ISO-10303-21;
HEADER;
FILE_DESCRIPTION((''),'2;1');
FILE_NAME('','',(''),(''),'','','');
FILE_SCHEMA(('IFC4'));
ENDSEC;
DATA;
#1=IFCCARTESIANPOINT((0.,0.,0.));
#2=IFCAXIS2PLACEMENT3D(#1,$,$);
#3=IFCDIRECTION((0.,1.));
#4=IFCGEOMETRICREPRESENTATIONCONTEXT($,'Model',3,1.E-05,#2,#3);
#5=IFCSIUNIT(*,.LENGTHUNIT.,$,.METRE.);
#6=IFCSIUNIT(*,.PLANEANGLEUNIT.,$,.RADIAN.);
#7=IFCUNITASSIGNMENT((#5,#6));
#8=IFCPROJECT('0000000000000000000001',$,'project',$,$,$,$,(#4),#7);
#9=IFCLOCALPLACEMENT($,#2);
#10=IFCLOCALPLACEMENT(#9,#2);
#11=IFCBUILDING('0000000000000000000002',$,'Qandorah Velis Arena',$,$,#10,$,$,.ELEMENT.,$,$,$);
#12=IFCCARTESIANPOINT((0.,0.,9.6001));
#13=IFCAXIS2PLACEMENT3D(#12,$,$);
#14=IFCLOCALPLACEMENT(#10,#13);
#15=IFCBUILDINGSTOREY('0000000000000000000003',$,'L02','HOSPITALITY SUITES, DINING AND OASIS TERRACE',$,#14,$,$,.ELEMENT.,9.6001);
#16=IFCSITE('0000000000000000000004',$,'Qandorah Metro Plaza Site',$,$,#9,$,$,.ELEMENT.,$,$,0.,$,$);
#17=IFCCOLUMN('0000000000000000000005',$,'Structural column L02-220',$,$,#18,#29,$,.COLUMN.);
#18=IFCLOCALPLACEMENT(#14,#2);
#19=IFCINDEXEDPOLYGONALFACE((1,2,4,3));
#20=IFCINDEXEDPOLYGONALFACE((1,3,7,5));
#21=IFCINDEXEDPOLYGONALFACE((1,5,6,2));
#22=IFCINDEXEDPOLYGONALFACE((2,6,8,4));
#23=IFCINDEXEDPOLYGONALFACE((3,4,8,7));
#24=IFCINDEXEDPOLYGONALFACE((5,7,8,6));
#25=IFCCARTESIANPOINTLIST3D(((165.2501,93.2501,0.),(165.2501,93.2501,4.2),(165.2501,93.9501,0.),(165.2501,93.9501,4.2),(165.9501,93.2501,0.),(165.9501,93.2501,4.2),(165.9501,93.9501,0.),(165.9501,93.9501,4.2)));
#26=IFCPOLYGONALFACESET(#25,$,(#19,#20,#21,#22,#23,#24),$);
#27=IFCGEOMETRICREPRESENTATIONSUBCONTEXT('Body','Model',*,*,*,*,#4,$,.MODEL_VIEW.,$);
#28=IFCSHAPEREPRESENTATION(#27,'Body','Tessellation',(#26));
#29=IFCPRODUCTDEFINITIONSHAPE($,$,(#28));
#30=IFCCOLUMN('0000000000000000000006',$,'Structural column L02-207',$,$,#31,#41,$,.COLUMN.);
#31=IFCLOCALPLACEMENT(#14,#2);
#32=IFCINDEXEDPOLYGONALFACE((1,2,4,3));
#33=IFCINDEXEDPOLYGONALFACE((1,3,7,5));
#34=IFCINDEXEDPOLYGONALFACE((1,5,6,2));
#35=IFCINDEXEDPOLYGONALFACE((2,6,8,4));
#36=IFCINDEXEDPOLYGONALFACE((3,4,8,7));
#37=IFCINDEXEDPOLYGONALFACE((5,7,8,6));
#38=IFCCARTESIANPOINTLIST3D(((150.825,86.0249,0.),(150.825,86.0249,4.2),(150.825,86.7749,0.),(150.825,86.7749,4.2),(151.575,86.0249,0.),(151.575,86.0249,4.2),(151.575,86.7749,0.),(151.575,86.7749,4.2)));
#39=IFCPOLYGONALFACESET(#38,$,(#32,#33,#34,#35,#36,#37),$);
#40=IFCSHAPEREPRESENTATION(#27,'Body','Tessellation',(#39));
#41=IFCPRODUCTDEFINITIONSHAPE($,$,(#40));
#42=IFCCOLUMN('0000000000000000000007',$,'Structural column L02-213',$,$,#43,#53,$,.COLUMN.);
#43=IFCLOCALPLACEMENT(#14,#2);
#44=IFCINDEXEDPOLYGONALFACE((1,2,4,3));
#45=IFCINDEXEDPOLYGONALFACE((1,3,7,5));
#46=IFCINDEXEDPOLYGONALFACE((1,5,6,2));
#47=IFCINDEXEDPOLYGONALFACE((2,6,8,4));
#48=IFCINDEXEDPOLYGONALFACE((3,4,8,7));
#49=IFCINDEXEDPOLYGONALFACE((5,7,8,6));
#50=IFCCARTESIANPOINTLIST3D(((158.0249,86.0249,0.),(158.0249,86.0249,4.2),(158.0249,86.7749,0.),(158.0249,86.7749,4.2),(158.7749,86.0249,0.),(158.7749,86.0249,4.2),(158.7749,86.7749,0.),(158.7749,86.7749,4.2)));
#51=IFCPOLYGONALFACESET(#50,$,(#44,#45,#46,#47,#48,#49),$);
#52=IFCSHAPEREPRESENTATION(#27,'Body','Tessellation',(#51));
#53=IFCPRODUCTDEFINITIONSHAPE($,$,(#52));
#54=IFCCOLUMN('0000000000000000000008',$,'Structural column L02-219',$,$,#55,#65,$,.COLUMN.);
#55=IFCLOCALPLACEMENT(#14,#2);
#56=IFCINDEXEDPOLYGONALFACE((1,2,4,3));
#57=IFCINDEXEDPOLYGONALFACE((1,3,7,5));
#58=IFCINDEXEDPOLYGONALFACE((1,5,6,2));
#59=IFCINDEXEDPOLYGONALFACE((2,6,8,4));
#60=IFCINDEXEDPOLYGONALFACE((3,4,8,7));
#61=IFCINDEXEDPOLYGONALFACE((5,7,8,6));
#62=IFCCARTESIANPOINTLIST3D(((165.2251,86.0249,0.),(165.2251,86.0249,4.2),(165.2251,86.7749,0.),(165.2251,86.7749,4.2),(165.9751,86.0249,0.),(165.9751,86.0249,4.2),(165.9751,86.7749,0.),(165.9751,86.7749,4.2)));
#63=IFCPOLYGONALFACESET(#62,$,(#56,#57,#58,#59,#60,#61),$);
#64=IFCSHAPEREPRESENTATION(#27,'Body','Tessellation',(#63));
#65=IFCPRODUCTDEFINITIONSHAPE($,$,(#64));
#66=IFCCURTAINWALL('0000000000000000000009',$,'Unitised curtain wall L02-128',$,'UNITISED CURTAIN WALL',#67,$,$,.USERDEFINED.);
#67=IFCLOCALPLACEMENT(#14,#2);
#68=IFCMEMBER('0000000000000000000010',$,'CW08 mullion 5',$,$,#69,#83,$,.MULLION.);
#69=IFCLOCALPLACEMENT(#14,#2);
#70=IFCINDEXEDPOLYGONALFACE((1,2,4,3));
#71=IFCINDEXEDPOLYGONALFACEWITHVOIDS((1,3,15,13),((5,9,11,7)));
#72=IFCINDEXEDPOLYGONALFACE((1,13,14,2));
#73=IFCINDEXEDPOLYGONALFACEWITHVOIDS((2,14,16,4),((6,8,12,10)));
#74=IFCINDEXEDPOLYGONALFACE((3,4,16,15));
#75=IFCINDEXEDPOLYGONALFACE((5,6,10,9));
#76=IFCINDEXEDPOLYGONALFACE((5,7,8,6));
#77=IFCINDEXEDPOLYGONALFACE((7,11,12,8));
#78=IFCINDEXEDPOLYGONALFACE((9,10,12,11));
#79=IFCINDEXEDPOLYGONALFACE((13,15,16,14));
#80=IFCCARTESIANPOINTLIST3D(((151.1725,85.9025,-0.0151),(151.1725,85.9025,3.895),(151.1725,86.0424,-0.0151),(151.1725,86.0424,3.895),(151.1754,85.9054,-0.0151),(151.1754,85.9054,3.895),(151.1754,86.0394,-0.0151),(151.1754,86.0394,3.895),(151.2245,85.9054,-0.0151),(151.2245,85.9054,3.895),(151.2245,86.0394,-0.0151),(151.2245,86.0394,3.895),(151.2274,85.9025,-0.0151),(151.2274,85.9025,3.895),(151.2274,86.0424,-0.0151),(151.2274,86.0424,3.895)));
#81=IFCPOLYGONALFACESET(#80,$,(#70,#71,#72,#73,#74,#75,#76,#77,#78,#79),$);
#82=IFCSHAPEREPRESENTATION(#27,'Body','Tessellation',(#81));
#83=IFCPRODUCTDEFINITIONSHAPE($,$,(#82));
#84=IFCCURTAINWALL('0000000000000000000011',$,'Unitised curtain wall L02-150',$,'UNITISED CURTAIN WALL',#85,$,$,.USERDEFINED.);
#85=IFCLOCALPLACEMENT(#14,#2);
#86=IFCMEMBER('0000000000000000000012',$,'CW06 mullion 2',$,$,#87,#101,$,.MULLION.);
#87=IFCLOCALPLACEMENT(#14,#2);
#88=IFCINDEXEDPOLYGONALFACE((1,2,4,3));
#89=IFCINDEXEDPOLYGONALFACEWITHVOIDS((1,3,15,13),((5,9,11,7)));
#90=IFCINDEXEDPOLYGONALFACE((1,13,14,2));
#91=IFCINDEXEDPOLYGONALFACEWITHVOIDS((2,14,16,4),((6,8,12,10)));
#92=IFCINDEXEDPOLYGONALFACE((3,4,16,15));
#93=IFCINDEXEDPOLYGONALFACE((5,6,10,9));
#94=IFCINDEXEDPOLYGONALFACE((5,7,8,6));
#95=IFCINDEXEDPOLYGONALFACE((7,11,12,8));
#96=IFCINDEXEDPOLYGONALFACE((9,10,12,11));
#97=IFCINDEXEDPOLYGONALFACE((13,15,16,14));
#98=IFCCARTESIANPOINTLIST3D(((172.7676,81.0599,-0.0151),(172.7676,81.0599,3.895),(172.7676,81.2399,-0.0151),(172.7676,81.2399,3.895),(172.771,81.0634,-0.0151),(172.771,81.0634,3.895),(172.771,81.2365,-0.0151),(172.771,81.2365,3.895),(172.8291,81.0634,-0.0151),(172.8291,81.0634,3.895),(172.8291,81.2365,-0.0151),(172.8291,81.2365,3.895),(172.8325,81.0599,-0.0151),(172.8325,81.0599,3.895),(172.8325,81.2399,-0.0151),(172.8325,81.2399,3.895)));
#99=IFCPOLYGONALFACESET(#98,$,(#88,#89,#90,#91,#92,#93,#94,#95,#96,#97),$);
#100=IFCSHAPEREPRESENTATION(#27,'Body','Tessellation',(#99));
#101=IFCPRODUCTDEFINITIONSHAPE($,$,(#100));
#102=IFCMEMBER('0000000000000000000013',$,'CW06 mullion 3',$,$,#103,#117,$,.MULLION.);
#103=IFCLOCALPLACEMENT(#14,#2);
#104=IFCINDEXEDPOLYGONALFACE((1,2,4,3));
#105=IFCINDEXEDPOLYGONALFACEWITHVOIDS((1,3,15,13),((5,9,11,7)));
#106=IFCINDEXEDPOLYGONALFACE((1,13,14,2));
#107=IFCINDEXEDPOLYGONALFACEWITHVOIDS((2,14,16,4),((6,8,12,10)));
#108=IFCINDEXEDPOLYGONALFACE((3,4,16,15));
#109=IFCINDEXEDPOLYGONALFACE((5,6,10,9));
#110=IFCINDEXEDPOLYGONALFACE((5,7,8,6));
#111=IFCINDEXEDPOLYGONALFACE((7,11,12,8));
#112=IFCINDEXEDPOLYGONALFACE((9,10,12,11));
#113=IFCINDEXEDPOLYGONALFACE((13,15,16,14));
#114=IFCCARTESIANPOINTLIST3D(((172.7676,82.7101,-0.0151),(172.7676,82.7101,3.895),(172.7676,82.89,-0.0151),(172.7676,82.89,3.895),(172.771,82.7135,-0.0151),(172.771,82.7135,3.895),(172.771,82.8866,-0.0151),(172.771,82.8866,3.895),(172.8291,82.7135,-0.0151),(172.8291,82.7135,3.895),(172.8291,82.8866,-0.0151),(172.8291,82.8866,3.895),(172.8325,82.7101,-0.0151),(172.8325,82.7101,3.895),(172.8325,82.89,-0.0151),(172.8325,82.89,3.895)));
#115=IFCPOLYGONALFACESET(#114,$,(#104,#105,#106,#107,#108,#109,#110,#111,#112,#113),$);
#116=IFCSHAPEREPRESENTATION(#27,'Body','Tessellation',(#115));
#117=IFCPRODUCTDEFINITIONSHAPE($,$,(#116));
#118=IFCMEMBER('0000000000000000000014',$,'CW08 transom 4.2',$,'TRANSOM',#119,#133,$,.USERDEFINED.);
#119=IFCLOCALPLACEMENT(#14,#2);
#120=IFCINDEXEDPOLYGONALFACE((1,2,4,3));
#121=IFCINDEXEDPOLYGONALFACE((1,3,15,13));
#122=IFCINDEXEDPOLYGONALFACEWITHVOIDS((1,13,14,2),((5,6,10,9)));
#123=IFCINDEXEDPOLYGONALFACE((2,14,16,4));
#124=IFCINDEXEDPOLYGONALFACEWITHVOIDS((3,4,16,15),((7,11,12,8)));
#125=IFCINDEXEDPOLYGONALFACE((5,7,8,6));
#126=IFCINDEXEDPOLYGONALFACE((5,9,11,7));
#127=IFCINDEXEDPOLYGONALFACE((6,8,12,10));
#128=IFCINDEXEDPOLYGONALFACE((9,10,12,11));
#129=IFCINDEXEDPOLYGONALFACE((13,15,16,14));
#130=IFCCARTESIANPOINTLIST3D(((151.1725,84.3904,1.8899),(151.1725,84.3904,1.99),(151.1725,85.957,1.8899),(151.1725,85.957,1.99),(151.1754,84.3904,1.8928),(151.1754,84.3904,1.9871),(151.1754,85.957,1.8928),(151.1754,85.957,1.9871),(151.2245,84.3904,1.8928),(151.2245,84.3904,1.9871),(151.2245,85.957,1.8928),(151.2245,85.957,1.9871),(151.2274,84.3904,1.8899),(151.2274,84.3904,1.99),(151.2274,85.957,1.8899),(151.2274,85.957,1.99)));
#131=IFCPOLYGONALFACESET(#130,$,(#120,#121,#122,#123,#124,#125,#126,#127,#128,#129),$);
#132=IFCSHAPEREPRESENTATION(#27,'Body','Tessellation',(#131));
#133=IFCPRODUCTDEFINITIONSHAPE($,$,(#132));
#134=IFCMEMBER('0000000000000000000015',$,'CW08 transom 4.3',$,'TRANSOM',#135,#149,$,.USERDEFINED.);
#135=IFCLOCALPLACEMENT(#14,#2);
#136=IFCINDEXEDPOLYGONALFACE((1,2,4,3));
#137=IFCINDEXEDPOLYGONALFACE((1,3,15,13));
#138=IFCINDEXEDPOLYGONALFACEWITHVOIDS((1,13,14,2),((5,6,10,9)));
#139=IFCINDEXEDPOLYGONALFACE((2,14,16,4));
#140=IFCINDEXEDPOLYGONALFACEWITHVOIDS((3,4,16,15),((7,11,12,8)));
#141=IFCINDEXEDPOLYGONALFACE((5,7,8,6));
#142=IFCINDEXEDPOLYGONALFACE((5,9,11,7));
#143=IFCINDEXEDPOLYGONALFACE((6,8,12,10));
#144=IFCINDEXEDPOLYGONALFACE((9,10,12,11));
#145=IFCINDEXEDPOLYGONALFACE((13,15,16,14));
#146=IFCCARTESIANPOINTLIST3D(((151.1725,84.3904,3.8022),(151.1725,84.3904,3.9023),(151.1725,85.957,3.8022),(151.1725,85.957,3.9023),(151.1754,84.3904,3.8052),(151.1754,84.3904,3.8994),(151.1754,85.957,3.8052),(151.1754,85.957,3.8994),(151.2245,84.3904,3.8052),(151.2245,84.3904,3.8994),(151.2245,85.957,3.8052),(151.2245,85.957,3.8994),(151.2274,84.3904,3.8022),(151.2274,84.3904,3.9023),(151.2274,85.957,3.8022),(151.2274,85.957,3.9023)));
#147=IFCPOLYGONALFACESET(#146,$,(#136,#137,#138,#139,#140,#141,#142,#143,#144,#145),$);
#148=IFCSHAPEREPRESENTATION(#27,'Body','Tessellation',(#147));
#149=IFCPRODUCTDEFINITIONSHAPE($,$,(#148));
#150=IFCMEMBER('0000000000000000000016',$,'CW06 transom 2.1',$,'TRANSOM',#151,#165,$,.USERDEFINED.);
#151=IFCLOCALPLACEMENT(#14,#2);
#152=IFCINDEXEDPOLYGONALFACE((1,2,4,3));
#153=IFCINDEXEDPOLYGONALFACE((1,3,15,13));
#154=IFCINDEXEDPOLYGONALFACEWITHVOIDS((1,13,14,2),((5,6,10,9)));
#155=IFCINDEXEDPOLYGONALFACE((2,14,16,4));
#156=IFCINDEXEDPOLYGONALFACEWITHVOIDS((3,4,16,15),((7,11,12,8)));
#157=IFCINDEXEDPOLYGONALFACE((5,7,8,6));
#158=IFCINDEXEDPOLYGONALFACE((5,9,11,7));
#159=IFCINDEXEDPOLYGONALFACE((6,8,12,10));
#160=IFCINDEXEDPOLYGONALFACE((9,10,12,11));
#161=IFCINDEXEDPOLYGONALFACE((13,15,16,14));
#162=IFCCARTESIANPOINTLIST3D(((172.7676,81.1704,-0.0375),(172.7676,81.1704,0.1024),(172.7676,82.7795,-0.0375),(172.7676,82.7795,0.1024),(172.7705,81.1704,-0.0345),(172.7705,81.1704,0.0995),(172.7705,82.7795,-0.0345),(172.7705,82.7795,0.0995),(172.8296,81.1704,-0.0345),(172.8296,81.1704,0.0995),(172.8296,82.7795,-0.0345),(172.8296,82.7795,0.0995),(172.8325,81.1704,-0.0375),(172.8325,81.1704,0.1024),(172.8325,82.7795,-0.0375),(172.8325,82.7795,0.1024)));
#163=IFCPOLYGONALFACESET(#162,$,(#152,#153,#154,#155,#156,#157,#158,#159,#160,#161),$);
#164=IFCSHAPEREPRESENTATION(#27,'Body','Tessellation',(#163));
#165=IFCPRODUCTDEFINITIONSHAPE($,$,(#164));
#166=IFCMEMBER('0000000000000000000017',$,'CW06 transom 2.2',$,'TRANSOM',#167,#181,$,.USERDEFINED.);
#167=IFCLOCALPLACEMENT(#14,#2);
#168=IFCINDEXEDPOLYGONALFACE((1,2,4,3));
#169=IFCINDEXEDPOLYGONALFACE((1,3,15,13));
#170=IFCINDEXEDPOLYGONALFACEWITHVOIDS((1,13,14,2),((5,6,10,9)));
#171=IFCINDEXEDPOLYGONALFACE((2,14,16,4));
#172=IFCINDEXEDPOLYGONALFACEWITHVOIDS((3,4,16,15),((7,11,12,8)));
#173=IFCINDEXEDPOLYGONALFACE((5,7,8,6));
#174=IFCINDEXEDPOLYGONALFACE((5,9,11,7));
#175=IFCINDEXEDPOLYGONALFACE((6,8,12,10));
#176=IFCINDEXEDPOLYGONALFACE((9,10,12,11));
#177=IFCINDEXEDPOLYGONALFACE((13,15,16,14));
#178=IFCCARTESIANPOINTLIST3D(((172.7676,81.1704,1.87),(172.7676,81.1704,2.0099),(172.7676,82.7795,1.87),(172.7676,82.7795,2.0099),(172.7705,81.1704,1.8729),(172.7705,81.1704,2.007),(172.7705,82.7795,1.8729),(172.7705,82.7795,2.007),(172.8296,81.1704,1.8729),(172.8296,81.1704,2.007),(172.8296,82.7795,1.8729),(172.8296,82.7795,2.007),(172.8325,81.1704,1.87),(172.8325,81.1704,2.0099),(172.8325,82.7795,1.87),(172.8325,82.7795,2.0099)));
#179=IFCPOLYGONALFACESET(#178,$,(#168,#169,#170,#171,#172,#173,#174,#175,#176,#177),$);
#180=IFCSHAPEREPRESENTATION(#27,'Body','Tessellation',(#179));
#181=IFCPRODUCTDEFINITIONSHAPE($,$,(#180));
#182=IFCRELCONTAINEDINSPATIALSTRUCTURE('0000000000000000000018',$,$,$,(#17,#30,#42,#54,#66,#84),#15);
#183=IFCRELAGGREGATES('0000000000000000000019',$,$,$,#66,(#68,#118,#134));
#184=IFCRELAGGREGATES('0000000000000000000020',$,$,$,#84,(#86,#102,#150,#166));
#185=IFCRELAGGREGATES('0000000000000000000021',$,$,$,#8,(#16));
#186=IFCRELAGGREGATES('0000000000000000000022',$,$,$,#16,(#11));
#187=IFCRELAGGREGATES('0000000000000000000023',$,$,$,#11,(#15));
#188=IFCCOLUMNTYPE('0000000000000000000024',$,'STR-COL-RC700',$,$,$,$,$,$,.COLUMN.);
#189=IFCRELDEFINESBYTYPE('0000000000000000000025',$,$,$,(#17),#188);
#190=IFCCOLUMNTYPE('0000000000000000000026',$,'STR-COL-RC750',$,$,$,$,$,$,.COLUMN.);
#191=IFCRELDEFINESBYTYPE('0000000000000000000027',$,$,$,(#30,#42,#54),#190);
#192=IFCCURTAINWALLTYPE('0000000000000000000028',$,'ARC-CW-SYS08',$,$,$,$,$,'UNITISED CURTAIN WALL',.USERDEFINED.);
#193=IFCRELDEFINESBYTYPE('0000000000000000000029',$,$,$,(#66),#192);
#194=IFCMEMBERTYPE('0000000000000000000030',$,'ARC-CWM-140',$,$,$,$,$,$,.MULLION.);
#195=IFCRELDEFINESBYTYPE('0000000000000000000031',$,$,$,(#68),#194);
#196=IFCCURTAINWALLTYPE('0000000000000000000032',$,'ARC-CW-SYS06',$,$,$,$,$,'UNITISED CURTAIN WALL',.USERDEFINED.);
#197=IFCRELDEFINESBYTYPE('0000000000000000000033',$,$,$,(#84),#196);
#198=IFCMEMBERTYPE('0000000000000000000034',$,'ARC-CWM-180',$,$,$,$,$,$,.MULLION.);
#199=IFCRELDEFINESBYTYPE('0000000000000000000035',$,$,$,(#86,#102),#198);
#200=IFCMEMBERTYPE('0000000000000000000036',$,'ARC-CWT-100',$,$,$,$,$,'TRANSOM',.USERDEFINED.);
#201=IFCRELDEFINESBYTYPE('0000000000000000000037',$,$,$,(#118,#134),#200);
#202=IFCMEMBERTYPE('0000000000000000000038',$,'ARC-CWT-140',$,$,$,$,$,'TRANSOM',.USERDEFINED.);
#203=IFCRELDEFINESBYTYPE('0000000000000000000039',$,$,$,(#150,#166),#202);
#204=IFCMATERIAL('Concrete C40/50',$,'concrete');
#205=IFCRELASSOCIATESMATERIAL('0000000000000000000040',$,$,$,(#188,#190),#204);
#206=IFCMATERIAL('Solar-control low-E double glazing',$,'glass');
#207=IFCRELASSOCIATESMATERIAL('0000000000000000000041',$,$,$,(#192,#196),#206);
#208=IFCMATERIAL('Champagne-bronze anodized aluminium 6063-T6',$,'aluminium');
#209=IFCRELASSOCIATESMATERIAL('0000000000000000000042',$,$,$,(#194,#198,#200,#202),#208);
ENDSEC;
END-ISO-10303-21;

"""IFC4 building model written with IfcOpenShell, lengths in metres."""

from ifc_helpers import new_model, si_unit, direction, frame, origin, origin_2d, place, context, subcontext, project, spatial, rectangle, hollow_rectangle, extrude, material, material_profile, profile_set, type_object, element, aggregate, save


model = new_model("IFC4")

# Units and contexts
model_context = context("Model", 3, precision=1e-05, world=origin(), true_north=direction((0.0, 1.0)))
body_context = subcontext(model_context, "Body", "Model", "MODEL_VIEW")
ifc_project = project(units=[si_unit("LENGTHUNIT", "METRE"), si_unit("PLANEANGLEUNIT", "RADIAN")], contexts=[model_context])

# Site, building, storey
site_placement = place(None, origin())
site = spatial("IfcSite", under=ifc_project, at=site_placement, Name="Qandorah Metro Plaza Site", CompositionType="ELEMENT", RefElevation=0.0)
building_placement = place(site_placement, origin())
building = spatial("IfcBuilding", under=site, at=building_placement, Name="Qandorah Velis Arena", CompositionType="ELEMENT")
storey_placement = place(building_placement, frame((0.0, 0.0, 9.6001)))
storey = spatial("IfcBuildingStorey", under=building, at=storey_placement, Name="L02", Description="HOSPITALITY SUITES, DINING AND OASIS TERRACE", CompositionType="ELEMENT", Elevation=9.6001)

# Columns
ifc_material_1 = material(Name="Concrete C40/50", Category="concrete")
ifc_material_profile_1 = material_profile(ifc_material_1, rectangle(XDim=0.7, YDim=0.7, at=origin_2d()), Name="RC COL 700x700")
ifc_profile_set_1 = profile_set([ifc_material_profile_1], Name="Concrete C40/50")
column_type_1 = type_object("IfcColumnType", Name="STR-COL-RC700", PredefinedType="COLUMN", material=ifc_profile_set_1)
column_placement = place(storey_placement, frame((165.6001, 93.6001, 0.0), z_axis=(0.0, 0.0, 1.0), x_axis=(1.0, 0.0, 0.0)))
element("IfcColumn", 1, at=column_placement, inside=storey, type_object=column_type_1, Name="Structural column L02-220", PredefinedType="COLUMN", context=body_context, shape_type="SweptSolid", body=[
    extrude(rectangle(XDim=0.7, YDim=0.7, at=origin_2d()), origin(), (0.0, 0.0, 1.0), 4.2),
])
ifc_material_profile_2 = material_profile(ifc_material_1, rectangle(XDim=0.75, YDim=0.75, at=origin_2d()), Name="RC COL 750x750")
ifc_profile_set_2 = profile_set([ifc_material_profile_2], Name="Concrete C40/50")
column_type_2 = type_object("IfcColumnType", Name="STR-COL-RC750", PredefinedType="COLUMN", material=ifc_profile_set_2)
for number, where, z_axis, x_axis, name in (
    (2, (151.2, 86.3999, 0.0), (0.0, 0.0, 1.0), (1.0, 0.0, 0.0), "Structural column L02-207"),
    (3, (158.3999, 86.3999, 0.0), (0.0, 0.0, 1.0), (1.0, 0.0, 0.0), "Structural column L02-213"),
    (4, (165.6001, 86.3999, 0.0), (0.0, 0.0, 1.0), (1.0, 0.0, 0.0), "Structural column L02-219"),
):
    element("IfcColumn", number, at=place(storey_placement, frame(where, z_axis=z_axis, x_axis=x_axis)), inside=storey, type_object=column_type_2, Name=name, PredefinedType="COLUMN", context=body_context, shape_type="SweptSolid", body=[
        extrude(rectangle(XDim=0.75, YDim=0.75, at=origin_2d()), origin(), (0.0, 0.0, 1.0), 4.2),
    ])

# Curtain wall, member
ifc_material_2 = material(Name="Solar-control low-E double glazing", Category="glass")
curtain_wall_type_1 = type_object("IfcCurtainWallType", Name="ARC-CW-SYS08", ElementType="UNITISED CURTAIN WALL", PredefinedType="USERDEFINED", material=ifc_material_2)
curtain_wall_1_placement = place(storey_placement, origin())
curtain_wall_1 = element("IfcCurtainWall", 5, at=curtain_wall_1_placement, inside=storey, type_object=curtain_wall_type_1, Name="Unitised curtain wall L02-128", ObjectType="UNITISED CURTAIN WALL", PredefinedType="USERDEFINED")
ifc_material_3 = material(Name="Champagne-bronze anodized aluminium 6063-T6", Category="aluminium")
ifc_material_profile_3 = material_profile(ifc_material_3, hollow_rectangle(XDim=0.0549, YDim=0.1399, WallThickness=0.0029, at=origin_2d()), Name="ALU MULLION 55x140")
ifc_profile_set_3 = profile_set([ifc_material_profile_3], Name="Champagne-bronze anodized aluminium 6063-T6")
member_type_1 = type_object("IfcMemberType", Name="ARC-CWM-140", PredefinedType="MULLION", material=ifc_profile_set_3)
member_1_placement = place(storey_placement, frame((151.2, 85.9724, -0.0151), z_axis=(0.0, 0.0, 1.0), x_axis=(-1.0, 0.0, 0.0)))
member_1 = element("IfcMember", 6, at=member_1_placement, type_object=member_type_1, Name="CW08 mullion 5", PredefinedType="MULLION", context=body_context, shape_type="SweptSolid", body=[
    extrude(hollow_rectangle(XDim=0.0549, YDim=0.1399, WallThickness=0.0029, at=origin_2d()), origin(), (0.0, 0.0, 1.0), 3.9102),
])

# Curtain wall, members
curtain_wall_type_2 = type_object("IfcCurtainWallType", Name="ARC-CW-SYS06", ElementType="UNITISED CURTAIN WALL", PredefinedType="USERDEFINED", material=ifc_material_2)
curtain_wall_2_placement = place(storey_placement, origin())
curtain_wall_2 = element("IfcCurtainWall", 7, at=curtain_wall_2_placement, inside=storey, type_object=curtain_wall_type_2, Name="Unitised curtain wall L02-150", ObjectType="UNITISED CURTAIN WALL", PredefinedType="USERDEFINED")
ifc_material_profile_4 = material_profile(ifc_material_3, hollow_rectangle(XDim=0.0649, YDim=0.1799, WallThickness=0.0034, at=origin_2d()), Name="ALU MULLION 65x180")
ifc_profile_set_4 = profile_set([ifc_material_profile_4], Name="Champagne-bronze anodized aluminium 6063-T6")
member_type_2 = type_object("IfcMemberType", Name="ARC-CWM-180", PredefinedType="MULLION", material=ifc_profile_set_4)
member_2_placement = place(storey_placement, frame((172.8, 81.1499, -0.0151), z_axis=(0.0, 0.0, 1.0), x_axis=(-1.0, 0.0, 0.0)))
member_2 = element("IfcMember", 8, at=member_2_placement, type_object=member_type_2, Name="CW06 mullion 2", PredefinedType="MULLION", context=body_context, shape_type="SweptSolid", body=[
    extrude(hollow_rectangle(XDim=0.0649, YDim=0.1799, WallThickness=0.0034, at=origin_2d()), origin(), (0.0, 0.0, 1.0), 3.9102),
])
member_3_placement = place(storey_placement, frame((172.8, 82.8, -0.0151), z_axis=(0.0, 0.0, 1.0), x_axis=(-1.0, 0.0, 0.0)))
member_3 = element("IfcMember", 9, at=member_3_placement, type_object=member_type_2, Name="CW06 mullion 3", PredefinedType="MULLION", context=body_context, shape_type="SweptSolid", body=[
    extrude(hollow_rectangle(XDim=0.0649, YDim=0.1799, WallThickness=0.0034, at=origin_2d()), origin(), (0.0, 0.0, 1.0), 3.9102),
])

# Members
ifc_material_profile_5 = material_profile(ifc_material_3, hollow_rectangle(XDim=0.0549, YDim=0.1001, WallThickness=0.0029, at=origin_2d()), Name="ALU TRANSOM 55x100")
ifc_profile_set_5 = profile_set([ifc_material_profile_5], Name="Champagne-bronze anodized aluminium 6063-T6")
member_type_3 = type_object("IfcMemberType", Name="ARC-CWT-100", ElementType="TRANSOM", PredefinedType="USERDEFINED", material=ifc_profile_set_5)
member_4_placement = place(storey_placement, frame((151.2, 84.3904, 1.9399), z_axis=(0.0, 1.0, 0.0), x_axis=(-1.0, 0.0, 0.0)))
member_4 = element("IfcMember", 10, at=member_4_placement, type_object=member_type_3, Name="CW08 transom 4.2", ObjectType="TRANSOM", PredefinedType="USERDEFINED", context=body_context, shape_type="SweptSolid", body=[
    extrude(hollow_rectangle(XDim=0.0549, YDim=0.1001, WallThickness=0.0029, at=origin_2d()), origin(), (0.0, 0.0, 1.0), 1.5667),
])
member_5_placement = place(storey_placement, frame((151.2, 84.3904, 3.8523), z_axis=(0.0, 1.0, 0.0), x_axis=(-1.0, 0.0, 0.0)))
member_5 = element("IfcMember", 11, at=member_5_placement, type_object=member_type_3, Name="CW08 transom 4.3", ObjectType="TRANSOM", PredefinedType="USERDEFINED", context=body_context, shape_type="SweptSolid", body=[
    extrude(hollow_rectangle(XDim=0.0549, YDim=0.1001, WallThickness=0.0029, at=origin_2d()), origin(), (0.0, 0.0, 1.0), 1.5667),
])
ifc_material_profile_6 = material_profile(ifc_material_3, hollow_rectangle(XDim=0.0649, YDim=0.1399, WallThickness=0.0029, at=origin_2d()), Name="ALU TRANSOM 65x140")
ifc_profile_set_6 = profile_set([ifc_material_profile_6], Name="Champagne-bronze anodized aluminium 6063-T6")
member_type_4 = type_object("IfcMemberType", Name="ARC-CWT-140", ElementType="TRANSOM", PredefinedType="USERDEFINED", material=ifc_profile_set_6)
member_6_placement = place(storey_placement, frame((172.8, 81.1704, 0.0325), z_axis=(0.0, 1.0, 0.0), x_axis=(-1.0, 0.0, 0.0)))
member_6 = element("IfcMember", 12, at=member_6_placement, type_object=member_type_4, Name="CW06 transom 2.1", ObjectType="TRANSOM", PredefinedType="USERDEFINED", context=body_context, shape_type="SweptSolid", body=[
    extrude(hollow_rectangle(XDim=0.0649, YDim=0.1399, WallThickness=0.0029, at=origin_2d()), origin(), (0.0, 0.0, 1.0), 1.6091),
])
member_7_placement = place(storey_placement, frame((172.8, 81.1704, 1.9399), z_axis=(0.0, 1.0, 0.0), x_axis=(-1.0, 0.0, 0.0)))
member_7 = element("IfcMember", 13, at=member_7_placement, type_object=member_type_4, Name="CW06 transom 2.2", ObjectType="TRANSOM", PredefinedType="USERDEFINED", context=body_context, shape_type="SweptSolid", body=[
    extrude(hollow_rectangle(XDim=0.0649, YDim=0.1399, WallThickness=0.0029, at=origin_2d()), origin(), (0.0, 0.0, 1.0), 1.6091),
])

aggregate(curtain_wall_1, [member_1, member_4, member_5])
aggregate(curtain_wall_2, [member_2, member_3, member_6, member_7])

save(model, "model.ifc")
